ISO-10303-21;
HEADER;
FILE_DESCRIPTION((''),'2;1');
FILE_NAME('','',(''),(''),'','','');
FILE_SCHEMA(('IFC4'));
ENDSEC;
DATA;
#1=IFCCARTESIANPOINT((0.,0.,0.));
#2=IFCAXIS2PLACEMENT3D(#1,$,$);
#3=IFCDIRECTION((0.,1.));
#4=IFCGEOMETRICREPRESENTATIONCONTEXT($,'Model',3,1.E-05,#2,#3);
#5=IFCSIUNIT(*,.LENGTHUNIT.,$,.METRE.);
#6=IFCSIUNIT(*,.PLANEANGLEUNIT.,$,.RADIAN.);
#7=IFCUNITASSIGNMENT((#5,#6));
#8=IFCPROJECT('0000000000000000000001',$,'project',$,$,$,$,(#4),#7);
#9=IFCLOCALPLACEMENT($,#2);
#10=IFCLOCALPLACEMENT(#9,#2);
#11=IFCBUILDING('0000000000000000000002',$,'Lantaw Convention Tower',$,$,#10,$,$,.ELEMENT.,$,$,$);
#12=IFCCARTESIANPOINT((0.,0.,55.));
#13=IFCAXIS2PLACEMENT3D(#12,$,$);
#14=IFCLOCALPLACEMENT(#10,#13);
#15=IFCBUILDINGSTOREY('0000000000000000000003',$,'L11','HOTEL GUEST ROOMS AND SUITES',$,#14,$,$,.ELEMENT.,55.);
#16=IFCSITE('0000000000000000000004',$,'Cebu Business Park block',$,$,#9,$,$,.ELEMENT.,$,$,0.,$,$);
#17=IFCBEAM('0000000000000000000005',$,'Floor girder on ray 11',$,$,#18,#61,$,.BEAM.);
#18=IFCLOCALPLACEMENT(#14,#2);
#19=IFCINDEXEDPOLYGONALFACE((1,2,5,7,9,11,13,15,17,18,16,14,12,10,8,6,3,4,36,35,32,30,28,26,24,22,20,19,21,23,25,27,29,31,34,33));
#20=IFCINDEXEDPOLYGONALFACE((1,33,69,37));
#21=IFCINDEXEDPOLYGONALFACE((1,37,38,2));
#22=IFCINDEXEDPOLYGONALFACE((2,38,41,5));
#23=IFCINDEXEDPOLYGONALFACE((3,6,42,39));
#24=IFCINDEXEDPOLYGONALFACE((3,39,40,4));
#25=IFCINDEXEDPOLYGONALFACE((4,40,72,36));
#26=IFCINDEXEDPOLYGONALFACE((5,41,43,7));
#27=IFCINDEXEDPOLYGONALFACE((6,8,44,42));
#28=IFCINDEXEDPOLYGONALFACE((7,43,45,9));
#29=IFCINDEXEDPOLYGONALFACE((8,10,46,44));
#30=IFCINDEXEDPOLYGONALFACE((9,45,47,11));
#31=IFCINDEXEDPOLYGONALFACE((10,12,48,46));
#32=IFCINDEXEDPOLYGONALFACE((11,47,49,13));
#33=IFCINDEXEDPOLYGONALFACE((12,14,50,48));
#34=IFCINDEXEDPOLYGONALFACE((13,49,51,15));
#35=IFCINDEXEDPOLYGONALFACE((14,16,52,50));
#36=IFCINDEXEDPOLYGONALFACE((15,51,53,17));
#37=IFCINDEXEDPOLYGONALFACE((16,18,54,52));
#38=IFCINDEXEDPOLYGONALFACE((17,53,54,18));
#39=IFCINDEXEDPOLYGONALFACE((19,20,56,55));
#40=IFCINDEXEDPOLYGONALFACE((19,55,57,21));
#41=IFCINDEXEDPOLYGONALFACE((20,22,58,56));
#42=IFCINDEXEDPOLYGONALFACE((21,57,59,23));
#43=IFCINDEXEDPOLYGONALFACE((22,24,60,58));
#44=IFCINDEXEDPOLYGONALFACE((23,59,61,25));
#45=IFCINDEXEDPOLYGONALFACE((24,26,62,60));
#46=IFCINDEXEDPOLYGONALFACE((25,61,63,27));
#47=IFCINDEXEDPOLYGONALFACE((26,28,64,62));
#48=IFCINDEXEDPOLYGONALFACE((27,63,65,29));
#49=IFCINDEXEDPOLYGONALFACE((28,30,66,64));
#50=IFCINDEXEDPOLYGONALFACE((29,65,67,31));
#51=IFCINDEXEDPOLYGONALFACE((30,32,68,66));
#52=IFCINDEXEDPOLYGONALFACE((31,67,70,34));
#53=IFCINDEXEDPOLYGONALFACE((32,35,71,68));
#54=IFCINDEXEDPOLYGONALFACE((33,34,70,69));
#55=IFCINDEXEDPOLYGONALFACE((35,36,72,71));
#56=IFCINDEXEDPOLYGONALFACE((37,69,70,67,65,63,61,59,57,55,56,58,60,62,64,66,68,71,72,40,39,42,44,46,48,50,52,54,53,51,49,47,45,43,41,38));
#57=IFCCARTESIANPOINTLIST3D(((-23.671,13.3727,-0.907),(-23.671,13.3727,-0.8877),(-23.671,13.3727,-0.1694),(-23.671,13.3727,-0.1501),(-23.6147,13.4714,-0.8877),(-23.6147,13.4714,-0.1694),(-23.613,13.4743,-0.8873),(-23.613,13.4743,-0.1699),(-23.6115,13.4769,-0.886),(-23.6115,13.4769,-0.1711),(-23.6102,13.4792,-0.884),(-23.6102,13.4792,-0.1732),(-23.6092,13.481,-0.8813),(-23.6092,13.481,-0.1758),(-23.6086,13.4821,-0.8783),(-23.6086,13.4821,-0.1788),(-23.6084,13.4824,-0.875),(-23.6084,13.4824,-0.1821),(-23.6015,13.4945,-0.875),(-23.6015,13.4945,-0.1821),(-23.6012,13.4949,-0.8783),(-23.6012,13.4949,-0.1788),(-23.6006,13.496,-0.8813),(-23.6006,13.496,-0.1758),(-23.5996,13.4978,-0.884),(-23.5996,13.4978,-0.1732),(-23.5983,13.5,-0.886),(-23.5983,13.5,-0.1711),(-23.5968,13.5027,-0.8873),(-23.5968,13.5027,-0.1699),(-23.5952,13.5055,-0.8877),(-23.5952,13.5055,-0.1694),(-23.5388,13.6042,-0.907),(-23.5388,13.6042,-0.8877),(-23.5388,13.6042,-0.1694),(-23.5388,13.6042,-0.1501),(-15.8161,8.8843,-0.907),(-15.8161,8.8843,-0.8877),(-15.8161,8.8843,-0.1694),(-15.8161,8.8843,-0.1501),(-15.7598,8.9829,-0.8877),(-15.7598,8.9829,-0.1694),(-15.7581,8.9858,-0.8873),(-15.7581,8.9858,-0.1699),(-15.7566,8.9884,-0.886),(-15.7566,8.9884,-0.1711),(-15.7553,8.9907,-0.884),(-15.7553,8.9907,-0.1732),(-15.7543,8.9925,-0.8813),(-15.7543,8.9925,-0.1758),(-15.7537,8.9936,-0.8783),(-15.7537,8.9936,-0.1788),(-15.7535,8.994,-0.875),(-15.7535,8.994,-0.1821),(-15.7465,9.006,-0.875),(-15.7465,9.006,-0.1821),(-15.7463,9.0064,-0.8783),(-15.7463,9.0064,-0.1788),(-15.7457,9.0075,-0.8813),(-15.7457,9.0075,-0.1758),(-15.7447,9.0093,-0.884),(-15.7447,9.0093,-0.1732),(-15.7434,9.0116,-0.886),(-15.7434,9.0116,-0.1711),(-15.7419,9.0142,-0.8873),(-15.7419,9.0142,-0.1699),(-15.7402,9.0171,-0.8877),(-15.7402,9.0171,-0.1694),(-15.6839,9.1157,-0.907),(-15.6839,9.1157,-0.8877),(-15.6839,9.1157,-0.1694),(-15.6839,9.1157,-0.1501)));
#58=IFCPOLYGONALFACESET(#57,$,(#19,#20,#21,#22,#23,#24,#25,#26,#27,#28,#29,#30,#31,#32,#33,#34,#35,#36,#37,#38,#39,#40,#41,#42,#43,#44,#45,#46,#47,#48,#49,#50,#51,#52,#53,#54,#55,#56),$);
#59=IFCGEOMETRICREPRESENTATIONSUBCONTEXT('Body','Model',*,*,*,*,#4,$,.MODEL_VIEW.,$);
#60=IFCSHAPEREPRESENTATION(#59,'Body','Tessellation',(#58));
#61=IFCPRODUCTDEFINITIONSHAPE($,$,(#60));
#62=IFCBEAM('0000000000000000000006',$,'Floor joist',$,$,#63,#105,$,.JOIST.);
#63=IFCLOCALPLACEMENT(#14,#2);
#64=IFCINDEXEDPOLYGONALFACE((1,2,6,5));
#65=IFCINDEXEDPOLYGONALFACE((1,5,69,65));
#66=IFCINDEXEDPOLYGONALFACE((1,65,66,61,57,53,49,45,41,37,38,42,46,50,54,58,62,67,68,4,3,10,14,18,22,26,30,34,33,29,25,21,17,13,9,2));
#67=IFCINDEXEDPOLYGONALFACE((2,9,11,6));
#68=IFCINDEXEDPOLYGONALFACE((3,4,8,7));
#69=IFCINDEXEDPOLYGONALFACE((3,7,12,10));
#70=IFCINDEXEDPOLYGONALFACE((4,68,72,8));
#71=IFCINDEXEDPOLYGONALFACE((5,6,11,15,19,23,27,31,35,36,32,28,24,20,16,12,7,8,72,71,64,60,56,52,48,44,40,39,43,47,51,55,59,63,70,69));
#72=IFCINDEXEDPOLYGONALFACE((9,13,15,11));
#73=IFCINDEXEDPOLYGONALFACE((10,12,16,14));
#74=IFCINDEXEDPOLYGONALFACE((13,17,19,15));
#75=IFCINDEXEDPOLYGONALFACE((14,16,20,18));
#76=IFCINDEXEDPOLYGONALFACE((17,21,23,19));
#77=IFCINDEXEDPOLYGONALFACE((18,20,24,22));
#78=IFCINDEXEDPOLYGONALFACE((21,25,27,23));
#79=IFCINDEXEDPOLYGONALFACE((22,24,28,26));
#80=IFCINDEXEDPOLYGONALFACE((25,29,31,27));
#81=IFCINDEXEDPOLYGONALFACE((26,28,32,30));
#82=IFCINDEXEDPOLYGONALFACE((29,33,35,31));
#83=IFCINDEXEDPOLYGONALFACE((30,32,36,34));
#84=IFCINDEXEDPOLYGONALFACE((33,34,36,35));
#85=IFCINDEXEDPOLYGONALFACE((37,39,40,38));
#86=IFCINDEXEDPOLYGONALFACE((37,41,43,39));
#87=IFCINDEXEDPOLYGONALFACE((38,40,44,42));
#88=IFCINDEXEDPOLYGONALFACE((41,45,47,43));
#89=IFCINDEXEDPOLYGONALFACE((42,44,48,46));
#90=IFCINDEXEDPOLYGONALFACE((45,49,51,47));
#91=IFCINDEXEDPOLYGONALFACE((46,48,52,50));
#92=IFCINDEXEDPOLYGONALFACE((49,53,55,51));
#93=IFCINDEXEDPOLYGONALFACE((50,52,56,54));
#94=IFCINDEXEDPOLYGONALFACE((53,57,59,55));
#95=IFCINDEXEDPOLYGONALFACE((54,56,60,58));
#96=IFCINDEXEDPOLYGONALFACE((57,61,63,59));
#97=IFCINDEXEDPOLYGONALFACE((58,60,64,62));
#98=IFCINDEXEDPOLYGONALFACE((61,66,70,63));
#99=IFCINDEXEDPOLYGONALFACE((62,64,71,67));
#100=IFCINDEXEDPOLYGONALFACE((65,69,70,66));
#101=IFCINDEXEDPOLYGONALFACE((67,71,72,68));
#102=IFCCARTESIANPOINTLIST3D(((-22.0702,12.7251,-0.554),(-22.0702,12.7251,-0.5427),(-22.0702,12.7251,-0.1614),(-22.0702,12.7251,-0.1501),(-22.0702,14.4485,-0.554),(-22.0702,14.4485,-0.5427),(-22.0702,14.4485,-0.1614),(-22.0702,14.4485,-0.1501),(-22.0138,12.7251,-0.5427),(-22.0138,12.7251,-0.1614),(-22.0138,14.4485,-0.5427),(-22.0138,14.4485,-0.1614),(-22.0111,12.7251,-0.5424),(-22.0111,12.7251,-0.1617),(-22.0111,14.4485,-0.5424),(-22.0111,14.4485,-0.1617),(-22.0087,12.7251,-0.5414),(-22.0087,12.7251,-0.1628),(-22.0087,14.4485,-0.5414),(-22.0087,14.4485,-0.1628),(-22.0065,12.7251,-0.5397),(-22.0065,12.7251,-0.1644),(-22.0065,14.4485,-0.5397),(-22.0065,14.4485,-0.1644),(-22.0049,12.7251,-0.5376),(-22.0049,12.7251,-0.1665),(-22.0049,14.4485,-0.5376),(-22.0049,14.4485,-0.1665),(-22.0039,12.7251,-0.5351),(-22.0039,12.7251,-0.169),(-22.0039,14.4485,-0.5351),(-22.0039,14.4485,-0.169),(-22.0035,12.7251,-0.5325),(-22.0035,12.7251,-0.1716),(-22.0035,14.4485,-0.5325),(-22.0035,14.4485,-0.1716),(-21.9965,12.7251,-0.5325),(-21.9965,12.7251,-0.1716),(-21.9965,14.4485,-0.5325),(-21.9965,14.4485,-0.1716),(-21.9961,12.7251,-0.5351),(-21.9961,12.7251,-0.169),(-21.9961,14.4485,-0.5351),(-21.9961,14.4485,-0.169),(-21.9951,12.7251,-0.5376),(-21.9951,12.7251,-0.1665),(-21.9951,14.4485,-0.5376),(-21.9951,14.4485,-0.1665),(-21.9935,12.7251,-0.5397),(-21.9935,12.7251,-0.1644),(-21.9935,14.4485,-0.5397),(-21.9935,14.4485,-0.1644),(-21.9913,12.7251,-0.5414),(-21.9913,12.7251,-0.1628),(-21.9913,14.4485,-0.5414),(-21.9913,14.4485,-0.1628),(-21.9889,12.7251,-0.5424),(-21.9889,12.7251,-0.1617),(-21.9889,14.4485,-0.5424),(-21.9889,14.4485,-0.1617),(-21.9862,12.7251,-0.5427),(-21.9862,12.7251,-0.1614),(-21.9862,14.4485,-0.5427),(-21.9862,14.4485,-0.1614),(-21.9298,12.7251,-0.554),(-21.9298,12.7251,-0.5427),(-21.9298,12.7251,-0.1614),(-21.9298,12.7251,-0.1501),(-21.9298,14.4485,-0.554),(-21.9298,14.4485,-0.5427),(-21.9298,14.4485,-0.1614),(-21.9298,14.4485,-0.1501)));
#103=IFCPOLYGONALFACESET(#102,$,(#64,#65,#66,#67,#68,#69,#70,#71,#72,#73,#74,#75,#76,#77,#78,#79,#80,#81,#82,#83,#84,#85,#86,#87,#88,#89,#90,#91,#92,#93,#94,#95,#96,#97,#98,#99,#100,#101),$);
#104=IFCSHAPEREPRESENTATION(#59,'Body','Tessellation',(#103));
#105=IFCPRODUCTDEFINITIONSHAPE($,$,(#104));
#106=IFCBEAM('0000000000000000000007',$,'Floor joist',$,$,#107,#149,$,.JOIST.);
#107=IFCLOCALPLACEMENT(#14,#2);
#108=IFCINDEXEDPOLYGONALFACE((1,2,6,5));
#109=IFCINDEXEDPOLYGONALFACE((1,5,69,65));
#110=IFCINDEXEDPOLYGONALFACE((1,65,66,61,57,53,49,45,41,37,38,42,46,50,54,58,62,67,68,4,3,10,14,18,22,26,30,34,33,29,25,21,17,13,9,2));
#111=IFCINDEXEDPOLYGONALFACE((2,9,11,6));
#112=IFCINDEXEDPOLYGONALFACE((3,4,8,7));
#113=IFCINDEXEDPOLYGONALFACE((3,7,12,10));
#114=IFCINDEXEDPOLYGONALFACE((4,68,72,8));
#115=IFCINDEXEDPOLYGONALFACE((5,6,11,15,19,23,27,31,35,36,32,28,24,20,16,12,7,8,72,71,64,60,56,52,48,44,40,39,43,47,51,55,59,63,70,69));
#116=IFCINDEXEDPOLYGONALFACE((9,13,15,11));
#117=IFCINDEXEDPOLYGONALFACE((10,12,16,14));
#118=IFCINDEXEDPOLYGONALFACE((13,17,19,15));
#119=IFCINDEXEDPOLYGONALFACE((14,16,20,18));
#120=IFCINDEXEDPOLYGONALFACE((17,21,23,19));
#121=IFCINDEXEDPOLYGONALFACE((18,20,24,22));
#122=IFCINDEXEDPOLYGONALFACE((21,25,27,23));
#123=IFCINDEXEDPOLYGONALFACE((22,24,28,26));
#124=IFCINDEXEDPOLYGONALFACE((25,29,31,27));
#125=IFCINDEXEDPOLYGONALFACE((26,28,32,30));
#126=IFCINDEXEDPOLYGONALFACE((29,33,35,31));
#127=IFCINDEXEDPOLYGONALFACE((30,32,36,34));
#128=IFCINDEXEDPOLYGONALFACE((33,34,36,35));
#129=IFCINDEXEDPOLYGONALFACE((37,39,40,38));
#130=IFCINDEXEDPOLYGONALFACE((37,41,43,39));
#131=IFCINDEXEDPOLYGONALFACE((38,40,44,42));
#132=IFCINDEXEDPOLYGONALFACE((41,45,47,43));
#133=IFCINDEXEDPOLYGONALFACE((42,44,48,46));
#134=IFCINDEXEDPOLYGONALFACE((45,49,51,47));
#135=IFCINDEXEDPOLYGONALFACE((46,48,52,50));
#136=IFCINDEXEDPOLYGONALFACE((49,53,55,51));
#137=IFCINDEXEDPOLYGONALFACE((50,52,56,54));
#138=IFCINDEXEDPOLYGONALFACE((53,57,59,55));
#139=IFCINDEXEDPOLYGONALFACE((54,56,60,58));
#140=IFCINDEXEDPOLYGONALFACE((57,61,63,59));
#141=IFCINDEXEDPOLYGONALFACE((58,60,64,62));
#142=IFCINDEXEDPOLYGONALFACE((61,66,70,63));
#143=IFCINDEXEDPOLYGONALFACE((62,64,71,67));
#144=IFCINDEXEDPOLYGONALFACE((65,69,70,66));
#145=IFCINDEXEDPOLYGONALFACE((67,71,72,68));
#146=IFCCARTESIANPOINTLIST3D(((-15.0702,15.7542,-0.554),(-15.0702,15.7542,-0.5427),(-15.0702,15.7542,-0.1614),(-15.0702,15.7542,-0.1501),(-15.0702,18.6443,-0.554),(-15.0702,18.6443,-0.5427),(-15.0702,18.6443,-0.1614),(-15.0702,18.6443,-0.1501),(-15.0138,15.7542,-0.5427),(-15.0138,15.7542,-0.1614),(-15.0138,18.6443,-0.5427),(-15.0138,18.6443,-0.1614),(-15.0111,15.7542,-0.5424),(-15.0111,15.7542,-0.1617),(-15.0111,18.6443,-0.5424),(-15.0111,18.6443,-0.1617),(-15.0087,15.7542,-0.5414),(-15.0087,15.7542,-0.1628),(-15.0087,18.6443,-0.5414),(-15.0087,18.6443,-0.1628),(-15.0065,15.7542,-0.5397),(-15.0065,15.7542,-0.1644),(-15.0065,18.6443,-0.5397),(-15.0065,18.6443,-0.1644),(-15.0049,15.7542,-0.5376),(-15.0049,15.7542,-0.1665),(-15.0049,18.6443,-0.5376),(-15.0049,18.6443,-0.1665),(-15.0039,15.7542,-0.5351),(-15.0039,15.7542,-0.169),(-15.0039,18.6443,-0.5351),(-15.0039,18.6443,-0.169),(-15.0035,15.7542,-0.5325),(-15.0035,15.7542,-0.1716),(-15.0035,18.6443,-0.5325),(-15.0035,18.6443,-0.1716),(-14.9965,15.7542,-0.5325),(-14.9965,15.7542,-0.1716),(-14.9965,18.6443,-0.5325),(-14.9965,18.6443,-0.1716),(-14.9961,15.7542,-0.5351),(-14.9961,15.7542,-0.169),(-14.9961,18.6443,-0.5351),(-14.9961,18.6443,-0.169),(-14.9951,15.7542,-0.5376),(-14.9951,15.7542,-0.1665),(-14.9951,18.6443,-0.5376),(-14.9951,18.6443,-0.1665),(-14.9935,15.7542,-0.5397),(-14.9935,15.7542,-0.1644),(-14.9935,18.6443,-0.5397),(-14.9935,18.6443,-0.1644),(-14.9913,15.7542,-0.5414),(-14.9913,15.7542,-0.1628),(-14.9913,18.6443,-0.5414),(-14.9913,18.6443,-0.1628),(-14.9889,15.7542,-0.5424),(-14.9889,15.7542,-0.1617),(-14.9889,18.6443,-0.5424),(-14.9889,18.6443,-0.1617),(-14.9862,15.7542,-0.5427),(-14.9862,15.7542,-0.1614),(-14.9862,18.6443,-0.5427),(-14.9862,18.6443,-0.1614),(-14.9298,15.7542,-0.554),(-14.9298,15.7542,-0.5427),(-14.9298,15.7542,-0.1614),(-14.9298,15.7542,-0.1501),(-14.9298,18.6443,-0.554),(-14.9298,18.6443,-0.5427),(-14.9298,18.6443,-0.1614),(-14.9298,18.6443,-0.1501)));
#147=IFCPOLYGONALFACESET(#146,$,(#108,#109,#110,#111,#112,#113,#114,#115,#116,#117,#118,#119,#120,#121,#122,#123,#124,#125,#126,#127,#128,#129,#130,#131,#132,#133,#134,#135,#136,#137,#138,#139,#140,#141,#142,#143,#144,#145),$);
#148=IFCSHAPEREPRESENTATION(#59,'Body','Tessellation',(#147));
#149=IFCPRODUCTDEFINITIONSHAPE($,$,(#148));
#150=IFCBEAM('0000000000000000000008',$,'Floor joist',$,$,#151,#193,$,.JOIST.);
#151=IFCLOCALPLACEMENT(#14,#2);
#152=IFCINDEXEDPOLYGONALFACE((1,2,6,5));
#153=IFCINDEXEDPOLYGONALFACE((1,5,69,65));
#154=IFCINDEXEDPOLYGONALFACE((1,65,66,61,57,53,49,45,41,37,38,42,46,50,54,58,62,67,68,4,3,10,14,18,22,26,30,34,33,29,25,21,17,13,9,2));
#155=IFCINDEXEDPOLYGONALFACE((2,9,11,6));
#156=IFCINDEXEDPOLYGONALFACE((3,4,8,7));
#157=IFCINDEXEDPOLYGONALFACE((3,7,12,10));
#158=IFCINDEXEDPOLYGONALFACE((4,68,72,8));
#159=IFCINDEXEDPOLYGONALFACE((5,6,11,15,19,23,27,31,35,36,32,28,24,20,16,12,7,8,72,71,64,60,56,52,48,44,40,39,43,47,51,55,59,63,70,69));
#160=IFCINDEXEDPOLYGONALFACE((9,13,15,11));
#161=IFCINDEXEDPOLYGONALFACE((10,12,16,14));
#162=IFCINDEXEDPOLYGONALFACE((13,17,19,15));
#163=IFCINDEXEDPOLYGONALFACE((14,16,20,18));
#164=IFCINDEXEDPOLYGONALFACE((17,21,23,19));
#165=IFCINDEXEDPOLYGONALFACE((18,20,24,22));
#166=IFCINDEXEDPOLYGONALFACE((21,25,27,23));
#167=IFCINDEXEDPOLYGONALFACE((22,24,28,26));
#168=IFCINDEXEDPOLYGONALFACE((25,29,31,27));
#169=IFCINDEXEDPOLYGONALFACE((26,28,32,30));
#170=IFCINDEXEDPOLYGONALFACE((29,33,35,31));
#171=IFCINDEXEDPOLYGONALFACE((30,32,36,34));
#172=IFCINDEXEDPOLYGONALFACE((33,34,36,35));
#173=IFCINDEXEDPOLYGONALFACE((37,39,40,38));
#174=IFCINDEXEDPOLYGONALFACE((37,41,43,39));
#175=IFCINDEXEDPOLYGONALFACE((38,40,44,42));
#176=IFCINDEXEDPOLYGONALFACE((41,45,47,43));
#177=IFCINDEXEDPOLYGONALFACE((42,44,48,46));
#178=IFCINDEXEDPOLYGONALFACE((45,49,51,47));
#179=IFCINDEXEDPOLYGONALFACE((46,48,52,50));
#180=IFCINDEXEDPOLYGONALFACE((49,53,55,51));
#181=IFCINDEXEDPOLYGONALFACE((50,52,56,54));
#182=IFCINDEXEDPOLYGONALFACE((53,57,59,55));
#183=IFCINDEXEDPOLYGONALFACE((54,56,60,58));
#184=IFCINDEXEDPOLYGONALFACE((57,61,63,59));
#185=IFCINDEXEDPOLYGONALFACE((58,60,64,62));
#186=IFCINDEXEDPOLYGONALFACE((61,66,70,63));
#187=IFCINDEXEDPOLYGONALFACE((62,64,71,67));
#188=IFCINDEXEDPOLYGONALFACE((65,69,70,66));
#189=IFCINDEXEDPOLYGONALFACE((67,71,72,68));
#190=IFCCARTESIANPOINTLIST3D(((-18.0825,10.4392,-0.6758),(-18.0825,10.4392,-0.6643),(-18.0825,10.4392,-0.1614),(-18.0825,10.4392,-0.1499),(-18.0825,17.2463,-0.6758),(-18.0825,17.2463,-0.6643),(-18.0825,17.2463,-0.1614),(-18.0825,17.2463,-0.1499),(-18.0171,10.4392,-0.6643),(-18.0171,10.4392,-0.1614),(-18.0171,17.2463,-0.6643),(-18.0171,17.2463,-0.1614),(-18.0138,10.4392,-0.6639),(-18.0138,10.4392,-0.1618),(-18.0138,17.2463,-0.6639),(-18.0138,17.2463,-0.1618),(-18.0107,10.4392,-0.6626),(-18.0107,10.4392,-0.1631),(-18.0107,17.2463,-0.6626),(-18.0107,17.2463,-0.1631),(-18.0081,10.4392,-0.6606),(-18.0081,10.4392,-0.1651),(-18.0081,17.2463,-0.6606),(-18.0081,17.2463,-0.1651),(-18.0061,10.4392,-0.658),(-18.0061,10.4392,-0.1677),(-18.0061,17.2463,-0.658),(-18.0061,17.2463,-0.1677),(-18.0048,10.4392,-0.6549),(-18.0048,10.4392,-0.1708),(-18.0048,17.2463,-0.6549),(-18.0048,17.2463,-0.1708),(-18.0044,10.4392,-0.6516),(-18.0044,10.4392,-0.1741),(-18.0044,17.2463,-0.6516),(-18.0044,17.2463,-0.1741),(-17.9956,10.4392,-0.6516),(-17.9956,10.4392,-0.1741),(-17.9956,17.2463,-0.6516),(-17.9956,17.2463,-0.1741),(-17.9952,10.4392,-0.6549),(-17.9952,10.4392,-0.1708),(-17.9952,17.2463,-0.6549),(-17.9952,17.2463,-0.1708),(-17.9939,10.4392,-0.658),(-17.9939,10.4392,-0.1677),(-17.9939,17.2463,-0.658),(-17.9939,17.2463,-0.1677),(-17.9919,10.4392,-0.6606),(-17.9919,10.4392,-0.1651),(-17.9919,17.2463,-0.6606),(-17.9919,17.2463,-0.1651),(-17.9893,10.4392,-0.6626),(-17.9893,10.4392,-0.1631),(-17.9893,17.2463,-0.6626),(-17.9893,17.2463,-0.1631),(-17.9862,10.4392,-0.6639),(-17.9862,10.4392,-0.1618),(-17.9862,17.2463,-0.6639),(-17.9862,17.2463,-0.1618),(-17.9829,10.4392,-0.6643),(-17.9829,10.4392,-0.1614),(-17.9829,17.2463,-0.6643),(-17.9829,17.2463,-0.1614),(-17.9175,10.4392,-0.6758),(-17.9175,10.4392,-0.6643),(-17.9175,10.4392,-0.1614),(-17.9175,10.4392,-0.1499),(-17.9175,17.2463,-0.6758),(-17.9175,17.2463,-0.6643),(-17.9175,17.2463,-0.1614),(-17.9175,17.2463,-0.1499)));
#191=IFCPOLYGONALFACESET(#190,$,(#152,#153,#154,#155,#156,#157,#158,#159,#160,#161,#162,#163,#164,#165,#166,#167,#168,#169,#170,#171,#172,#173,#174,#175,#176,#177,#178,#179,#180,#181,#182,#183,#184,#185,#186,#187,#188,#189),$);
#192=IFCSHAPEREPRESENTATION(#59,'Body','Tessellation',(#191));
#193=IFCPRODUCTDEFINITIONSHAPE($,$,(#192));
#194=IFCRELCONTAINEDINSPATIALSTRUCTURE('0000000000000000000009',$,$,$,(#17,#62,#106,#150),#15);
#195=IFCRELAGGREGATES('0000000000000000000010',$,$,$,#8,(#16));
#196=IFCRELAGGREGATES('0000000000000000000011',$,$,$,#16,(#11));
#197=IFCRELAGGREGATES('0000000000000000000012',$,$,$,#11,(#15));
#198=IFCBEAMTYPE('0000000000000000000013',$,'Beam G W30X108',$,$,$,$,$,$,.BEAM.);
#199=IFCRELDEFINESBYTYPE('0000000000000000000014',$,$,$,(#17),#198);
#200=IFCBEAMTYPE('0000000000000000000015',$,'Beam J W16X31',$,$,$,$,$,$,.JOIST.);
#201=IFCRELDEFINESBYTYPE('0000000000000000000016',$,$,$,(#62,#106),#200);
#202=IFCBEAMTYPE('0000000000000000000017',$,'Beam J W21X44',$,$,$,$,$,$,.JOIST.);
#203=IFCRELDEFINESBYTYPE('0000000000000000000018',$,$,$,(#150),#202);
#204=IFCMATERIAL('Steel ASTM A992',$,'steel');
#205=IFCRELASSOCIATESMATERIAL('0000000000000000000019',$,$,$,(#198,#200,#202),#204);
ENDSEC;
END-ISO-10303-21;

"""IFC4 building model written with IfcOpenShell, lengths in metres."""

from ifc_helpers import new_model, si_unit, direction, frame, origin, origin_2d, place, context, subcontext, project, spatial, i_section, extrude, material, material_profile, profile_set, type_object, element, save


model = new_model("IFC4")

# Units and contexts
model_context = context("Model", 3, precision=1e-05, world=origin(), true_north=direction((0.0, 1.0)))
body_context = subcontext(model_context, "Body", "Model", "MODEL_VIEW")
ifc_project = project(units=[si_unit("LENGTHUNIT", "METRE"), si_unit("PLANEANGLEUNIT", "RADIAN")], contexts=[model_context])

# Site, building, storey
site_placement = place(None, origin())
site = spatial("IfcSite", under=ifc_project, at=site_placement, Name="Cebu Business Park block", CompositionType="ELEMENT", RefElevation=0.0)
building_placement = place(site_placement, origin())
building = spatial("IfcBuilding", under=site, at=building_placement, Name="Lantaw Convention Tower", CompositionType="ELEMENT")
storey_placement = place(building_placement, frame((0.0, 0.0, 55.0)))
storey = spatial("IfcBuildingStorey", under=building, at=storey_placement, Name="L11", Description="HOTEL GUEST ROOMS AND SUITES", CompositionType="ELEMENT", Elevation=55.0)

# Beams
ifc_material_1 = material(Name="Steel ASTM A992", Category="steel")
ifc_material_profile_1 = material_profile(ifc_material_1, i_section(OverallWidth=0.2666, OverallDepth=0.7568, WebThickness=0.0139, FlangeThickness=0.0193, FilletRadius=0.0127, at=origin_2d()), Name="W30X108")
ifc_profile_set_1 = profile_set([ifc_material_profile_1], Name="Steel ASTM A992")
beam_type_1 = type_object("IfcBeamType", Name="Beam G W30X108", PredefinedType="BEAM", material=ifc_profile_set_1)
beam_1_placement = place(storey_placement, frame((-15.75, 9.0, -0.5286), z_axis=(-0.868245, 0.496136, 0.0), x_axis=(-0.496136, -0.868245, 0.0)))
element("IfcBeam", 1, at=beam_1_placement, inside=storey, type_object=beam_type_1, Name="Floor girder on ray 11", PredefinedType="BEAM", context=body_context, shape_type="SweptSolid", body=[
    extrude(i_section(OverallWidth=0.2666, OverallDepth=0.7568, WebThickness=0.0139, FlangeThickness=0.0193, FilletRadius=0.0127, at=origin_2d()), origin(), (0.0, 0.0, 1.0), 9.0469),
])
ifc_material_profile_2 = material_profile(ifc_material_1, i_section(OverallWidth=0.1404, OverallDepth=0.4038, WebThickness=0.0071, FlangeThickness=0.0112, FilletRadius=0.0103, at=origin_2d()), Name="W16X31")
ifc_profile_set_2 = profile_set([ifc_material_profile_2], Name="Steel ASTM A992")
beam_type_2 = type_object("IfcBeamType", Name="Beam J W16X31", PredefinedType="JOIST", material=ifc_profile_set_2)
beam_2_placement = place(storey_placement, frame((-22.0, 12.7251, -0.3521), z_axis=(0.0, 1.0, 0.0), x_axis=(-1.0, 0.0, 0.0)))
element("IfcBeam", 2, at=beam_2_placement, inside=storey, type_object=beam_type_2, Name="Floor joist", PredefinedType="JOIST", context=body_context, shape_type="SweptSolid", body=[
    extrude(i_section(OverallWidth=0.1404, OverallDepth=0.4038, WebThickness=0.0071, FlangeThickness=0.0112, FilletRadius=0.0103, at=origin_2d()), origin(), (0.0, 0.0, 1.0), 1.7234),
])
beam_3_placement = place(storey_placement, frame((-15.0, 15.7542, -0.3521), z_axis=(0.0, 1.0, 0.0), x_axis=(-1.0, 0.0, 0.0)))
element("IfcBeam", 3, at=beam_3_placement, inside=storey, type_object=beam_type_2, Name="Floor joist", PredefinedType="JOIST", context=body_context, shape_type="SweptSolid", body=[
    extrude(i_section(OverallWidth=0.1404, OverallDepth=0.4038, WebThickness=0.0071, FlangeThickness=0.0112, FilletRadius=0.0103, at=origin_2d()), origin(), (0.0, 0.0, 1.0), 2.8901),
])
ifc_material_profile_3 = material_profile(ifc_material_1, i_section(OverallWidth=0.165, OverallDepth=0.5259, WebThickness=0.0088, FlangeThickness=0.0115, FilletRadius=0.0127, at=origin_2d()), Name="W21X44")
ifc_profile_set_3 = profile_set([ifc_material_profile_3], Name="Steel ASTM A992")
beam_type_3 = type_object("IfcBeamType", Name="Beam J W21X44", PredefinedType="JOIST", material=ifc_profile_set_3)
beam_4_placement = place(storey_placement, frame((-18.0, 10.4392, -0.4128), z_axis=(0.0, 1.0, 0.0), x_axis=(-1.0, 0.0, 0.0)))
element("IfcBeam", 4, at=beam_4_placement, inside=storey, type_object=beam_type_3, Name="Floor joist", PredefinedType="JOIST", context=body_context, shape_type="SweptSolid", body=[
    extrude(i_section(OverallWidth=0.165, OverallDepth=0.5259, WebThickness=0.0088, FlangeThickness=0.0115, FilletRadius=0.0127, at=origin_2d()), origin(), (0.0, 0.0, 1.0), 6.8071),
])

save(model, "model.ifc")
